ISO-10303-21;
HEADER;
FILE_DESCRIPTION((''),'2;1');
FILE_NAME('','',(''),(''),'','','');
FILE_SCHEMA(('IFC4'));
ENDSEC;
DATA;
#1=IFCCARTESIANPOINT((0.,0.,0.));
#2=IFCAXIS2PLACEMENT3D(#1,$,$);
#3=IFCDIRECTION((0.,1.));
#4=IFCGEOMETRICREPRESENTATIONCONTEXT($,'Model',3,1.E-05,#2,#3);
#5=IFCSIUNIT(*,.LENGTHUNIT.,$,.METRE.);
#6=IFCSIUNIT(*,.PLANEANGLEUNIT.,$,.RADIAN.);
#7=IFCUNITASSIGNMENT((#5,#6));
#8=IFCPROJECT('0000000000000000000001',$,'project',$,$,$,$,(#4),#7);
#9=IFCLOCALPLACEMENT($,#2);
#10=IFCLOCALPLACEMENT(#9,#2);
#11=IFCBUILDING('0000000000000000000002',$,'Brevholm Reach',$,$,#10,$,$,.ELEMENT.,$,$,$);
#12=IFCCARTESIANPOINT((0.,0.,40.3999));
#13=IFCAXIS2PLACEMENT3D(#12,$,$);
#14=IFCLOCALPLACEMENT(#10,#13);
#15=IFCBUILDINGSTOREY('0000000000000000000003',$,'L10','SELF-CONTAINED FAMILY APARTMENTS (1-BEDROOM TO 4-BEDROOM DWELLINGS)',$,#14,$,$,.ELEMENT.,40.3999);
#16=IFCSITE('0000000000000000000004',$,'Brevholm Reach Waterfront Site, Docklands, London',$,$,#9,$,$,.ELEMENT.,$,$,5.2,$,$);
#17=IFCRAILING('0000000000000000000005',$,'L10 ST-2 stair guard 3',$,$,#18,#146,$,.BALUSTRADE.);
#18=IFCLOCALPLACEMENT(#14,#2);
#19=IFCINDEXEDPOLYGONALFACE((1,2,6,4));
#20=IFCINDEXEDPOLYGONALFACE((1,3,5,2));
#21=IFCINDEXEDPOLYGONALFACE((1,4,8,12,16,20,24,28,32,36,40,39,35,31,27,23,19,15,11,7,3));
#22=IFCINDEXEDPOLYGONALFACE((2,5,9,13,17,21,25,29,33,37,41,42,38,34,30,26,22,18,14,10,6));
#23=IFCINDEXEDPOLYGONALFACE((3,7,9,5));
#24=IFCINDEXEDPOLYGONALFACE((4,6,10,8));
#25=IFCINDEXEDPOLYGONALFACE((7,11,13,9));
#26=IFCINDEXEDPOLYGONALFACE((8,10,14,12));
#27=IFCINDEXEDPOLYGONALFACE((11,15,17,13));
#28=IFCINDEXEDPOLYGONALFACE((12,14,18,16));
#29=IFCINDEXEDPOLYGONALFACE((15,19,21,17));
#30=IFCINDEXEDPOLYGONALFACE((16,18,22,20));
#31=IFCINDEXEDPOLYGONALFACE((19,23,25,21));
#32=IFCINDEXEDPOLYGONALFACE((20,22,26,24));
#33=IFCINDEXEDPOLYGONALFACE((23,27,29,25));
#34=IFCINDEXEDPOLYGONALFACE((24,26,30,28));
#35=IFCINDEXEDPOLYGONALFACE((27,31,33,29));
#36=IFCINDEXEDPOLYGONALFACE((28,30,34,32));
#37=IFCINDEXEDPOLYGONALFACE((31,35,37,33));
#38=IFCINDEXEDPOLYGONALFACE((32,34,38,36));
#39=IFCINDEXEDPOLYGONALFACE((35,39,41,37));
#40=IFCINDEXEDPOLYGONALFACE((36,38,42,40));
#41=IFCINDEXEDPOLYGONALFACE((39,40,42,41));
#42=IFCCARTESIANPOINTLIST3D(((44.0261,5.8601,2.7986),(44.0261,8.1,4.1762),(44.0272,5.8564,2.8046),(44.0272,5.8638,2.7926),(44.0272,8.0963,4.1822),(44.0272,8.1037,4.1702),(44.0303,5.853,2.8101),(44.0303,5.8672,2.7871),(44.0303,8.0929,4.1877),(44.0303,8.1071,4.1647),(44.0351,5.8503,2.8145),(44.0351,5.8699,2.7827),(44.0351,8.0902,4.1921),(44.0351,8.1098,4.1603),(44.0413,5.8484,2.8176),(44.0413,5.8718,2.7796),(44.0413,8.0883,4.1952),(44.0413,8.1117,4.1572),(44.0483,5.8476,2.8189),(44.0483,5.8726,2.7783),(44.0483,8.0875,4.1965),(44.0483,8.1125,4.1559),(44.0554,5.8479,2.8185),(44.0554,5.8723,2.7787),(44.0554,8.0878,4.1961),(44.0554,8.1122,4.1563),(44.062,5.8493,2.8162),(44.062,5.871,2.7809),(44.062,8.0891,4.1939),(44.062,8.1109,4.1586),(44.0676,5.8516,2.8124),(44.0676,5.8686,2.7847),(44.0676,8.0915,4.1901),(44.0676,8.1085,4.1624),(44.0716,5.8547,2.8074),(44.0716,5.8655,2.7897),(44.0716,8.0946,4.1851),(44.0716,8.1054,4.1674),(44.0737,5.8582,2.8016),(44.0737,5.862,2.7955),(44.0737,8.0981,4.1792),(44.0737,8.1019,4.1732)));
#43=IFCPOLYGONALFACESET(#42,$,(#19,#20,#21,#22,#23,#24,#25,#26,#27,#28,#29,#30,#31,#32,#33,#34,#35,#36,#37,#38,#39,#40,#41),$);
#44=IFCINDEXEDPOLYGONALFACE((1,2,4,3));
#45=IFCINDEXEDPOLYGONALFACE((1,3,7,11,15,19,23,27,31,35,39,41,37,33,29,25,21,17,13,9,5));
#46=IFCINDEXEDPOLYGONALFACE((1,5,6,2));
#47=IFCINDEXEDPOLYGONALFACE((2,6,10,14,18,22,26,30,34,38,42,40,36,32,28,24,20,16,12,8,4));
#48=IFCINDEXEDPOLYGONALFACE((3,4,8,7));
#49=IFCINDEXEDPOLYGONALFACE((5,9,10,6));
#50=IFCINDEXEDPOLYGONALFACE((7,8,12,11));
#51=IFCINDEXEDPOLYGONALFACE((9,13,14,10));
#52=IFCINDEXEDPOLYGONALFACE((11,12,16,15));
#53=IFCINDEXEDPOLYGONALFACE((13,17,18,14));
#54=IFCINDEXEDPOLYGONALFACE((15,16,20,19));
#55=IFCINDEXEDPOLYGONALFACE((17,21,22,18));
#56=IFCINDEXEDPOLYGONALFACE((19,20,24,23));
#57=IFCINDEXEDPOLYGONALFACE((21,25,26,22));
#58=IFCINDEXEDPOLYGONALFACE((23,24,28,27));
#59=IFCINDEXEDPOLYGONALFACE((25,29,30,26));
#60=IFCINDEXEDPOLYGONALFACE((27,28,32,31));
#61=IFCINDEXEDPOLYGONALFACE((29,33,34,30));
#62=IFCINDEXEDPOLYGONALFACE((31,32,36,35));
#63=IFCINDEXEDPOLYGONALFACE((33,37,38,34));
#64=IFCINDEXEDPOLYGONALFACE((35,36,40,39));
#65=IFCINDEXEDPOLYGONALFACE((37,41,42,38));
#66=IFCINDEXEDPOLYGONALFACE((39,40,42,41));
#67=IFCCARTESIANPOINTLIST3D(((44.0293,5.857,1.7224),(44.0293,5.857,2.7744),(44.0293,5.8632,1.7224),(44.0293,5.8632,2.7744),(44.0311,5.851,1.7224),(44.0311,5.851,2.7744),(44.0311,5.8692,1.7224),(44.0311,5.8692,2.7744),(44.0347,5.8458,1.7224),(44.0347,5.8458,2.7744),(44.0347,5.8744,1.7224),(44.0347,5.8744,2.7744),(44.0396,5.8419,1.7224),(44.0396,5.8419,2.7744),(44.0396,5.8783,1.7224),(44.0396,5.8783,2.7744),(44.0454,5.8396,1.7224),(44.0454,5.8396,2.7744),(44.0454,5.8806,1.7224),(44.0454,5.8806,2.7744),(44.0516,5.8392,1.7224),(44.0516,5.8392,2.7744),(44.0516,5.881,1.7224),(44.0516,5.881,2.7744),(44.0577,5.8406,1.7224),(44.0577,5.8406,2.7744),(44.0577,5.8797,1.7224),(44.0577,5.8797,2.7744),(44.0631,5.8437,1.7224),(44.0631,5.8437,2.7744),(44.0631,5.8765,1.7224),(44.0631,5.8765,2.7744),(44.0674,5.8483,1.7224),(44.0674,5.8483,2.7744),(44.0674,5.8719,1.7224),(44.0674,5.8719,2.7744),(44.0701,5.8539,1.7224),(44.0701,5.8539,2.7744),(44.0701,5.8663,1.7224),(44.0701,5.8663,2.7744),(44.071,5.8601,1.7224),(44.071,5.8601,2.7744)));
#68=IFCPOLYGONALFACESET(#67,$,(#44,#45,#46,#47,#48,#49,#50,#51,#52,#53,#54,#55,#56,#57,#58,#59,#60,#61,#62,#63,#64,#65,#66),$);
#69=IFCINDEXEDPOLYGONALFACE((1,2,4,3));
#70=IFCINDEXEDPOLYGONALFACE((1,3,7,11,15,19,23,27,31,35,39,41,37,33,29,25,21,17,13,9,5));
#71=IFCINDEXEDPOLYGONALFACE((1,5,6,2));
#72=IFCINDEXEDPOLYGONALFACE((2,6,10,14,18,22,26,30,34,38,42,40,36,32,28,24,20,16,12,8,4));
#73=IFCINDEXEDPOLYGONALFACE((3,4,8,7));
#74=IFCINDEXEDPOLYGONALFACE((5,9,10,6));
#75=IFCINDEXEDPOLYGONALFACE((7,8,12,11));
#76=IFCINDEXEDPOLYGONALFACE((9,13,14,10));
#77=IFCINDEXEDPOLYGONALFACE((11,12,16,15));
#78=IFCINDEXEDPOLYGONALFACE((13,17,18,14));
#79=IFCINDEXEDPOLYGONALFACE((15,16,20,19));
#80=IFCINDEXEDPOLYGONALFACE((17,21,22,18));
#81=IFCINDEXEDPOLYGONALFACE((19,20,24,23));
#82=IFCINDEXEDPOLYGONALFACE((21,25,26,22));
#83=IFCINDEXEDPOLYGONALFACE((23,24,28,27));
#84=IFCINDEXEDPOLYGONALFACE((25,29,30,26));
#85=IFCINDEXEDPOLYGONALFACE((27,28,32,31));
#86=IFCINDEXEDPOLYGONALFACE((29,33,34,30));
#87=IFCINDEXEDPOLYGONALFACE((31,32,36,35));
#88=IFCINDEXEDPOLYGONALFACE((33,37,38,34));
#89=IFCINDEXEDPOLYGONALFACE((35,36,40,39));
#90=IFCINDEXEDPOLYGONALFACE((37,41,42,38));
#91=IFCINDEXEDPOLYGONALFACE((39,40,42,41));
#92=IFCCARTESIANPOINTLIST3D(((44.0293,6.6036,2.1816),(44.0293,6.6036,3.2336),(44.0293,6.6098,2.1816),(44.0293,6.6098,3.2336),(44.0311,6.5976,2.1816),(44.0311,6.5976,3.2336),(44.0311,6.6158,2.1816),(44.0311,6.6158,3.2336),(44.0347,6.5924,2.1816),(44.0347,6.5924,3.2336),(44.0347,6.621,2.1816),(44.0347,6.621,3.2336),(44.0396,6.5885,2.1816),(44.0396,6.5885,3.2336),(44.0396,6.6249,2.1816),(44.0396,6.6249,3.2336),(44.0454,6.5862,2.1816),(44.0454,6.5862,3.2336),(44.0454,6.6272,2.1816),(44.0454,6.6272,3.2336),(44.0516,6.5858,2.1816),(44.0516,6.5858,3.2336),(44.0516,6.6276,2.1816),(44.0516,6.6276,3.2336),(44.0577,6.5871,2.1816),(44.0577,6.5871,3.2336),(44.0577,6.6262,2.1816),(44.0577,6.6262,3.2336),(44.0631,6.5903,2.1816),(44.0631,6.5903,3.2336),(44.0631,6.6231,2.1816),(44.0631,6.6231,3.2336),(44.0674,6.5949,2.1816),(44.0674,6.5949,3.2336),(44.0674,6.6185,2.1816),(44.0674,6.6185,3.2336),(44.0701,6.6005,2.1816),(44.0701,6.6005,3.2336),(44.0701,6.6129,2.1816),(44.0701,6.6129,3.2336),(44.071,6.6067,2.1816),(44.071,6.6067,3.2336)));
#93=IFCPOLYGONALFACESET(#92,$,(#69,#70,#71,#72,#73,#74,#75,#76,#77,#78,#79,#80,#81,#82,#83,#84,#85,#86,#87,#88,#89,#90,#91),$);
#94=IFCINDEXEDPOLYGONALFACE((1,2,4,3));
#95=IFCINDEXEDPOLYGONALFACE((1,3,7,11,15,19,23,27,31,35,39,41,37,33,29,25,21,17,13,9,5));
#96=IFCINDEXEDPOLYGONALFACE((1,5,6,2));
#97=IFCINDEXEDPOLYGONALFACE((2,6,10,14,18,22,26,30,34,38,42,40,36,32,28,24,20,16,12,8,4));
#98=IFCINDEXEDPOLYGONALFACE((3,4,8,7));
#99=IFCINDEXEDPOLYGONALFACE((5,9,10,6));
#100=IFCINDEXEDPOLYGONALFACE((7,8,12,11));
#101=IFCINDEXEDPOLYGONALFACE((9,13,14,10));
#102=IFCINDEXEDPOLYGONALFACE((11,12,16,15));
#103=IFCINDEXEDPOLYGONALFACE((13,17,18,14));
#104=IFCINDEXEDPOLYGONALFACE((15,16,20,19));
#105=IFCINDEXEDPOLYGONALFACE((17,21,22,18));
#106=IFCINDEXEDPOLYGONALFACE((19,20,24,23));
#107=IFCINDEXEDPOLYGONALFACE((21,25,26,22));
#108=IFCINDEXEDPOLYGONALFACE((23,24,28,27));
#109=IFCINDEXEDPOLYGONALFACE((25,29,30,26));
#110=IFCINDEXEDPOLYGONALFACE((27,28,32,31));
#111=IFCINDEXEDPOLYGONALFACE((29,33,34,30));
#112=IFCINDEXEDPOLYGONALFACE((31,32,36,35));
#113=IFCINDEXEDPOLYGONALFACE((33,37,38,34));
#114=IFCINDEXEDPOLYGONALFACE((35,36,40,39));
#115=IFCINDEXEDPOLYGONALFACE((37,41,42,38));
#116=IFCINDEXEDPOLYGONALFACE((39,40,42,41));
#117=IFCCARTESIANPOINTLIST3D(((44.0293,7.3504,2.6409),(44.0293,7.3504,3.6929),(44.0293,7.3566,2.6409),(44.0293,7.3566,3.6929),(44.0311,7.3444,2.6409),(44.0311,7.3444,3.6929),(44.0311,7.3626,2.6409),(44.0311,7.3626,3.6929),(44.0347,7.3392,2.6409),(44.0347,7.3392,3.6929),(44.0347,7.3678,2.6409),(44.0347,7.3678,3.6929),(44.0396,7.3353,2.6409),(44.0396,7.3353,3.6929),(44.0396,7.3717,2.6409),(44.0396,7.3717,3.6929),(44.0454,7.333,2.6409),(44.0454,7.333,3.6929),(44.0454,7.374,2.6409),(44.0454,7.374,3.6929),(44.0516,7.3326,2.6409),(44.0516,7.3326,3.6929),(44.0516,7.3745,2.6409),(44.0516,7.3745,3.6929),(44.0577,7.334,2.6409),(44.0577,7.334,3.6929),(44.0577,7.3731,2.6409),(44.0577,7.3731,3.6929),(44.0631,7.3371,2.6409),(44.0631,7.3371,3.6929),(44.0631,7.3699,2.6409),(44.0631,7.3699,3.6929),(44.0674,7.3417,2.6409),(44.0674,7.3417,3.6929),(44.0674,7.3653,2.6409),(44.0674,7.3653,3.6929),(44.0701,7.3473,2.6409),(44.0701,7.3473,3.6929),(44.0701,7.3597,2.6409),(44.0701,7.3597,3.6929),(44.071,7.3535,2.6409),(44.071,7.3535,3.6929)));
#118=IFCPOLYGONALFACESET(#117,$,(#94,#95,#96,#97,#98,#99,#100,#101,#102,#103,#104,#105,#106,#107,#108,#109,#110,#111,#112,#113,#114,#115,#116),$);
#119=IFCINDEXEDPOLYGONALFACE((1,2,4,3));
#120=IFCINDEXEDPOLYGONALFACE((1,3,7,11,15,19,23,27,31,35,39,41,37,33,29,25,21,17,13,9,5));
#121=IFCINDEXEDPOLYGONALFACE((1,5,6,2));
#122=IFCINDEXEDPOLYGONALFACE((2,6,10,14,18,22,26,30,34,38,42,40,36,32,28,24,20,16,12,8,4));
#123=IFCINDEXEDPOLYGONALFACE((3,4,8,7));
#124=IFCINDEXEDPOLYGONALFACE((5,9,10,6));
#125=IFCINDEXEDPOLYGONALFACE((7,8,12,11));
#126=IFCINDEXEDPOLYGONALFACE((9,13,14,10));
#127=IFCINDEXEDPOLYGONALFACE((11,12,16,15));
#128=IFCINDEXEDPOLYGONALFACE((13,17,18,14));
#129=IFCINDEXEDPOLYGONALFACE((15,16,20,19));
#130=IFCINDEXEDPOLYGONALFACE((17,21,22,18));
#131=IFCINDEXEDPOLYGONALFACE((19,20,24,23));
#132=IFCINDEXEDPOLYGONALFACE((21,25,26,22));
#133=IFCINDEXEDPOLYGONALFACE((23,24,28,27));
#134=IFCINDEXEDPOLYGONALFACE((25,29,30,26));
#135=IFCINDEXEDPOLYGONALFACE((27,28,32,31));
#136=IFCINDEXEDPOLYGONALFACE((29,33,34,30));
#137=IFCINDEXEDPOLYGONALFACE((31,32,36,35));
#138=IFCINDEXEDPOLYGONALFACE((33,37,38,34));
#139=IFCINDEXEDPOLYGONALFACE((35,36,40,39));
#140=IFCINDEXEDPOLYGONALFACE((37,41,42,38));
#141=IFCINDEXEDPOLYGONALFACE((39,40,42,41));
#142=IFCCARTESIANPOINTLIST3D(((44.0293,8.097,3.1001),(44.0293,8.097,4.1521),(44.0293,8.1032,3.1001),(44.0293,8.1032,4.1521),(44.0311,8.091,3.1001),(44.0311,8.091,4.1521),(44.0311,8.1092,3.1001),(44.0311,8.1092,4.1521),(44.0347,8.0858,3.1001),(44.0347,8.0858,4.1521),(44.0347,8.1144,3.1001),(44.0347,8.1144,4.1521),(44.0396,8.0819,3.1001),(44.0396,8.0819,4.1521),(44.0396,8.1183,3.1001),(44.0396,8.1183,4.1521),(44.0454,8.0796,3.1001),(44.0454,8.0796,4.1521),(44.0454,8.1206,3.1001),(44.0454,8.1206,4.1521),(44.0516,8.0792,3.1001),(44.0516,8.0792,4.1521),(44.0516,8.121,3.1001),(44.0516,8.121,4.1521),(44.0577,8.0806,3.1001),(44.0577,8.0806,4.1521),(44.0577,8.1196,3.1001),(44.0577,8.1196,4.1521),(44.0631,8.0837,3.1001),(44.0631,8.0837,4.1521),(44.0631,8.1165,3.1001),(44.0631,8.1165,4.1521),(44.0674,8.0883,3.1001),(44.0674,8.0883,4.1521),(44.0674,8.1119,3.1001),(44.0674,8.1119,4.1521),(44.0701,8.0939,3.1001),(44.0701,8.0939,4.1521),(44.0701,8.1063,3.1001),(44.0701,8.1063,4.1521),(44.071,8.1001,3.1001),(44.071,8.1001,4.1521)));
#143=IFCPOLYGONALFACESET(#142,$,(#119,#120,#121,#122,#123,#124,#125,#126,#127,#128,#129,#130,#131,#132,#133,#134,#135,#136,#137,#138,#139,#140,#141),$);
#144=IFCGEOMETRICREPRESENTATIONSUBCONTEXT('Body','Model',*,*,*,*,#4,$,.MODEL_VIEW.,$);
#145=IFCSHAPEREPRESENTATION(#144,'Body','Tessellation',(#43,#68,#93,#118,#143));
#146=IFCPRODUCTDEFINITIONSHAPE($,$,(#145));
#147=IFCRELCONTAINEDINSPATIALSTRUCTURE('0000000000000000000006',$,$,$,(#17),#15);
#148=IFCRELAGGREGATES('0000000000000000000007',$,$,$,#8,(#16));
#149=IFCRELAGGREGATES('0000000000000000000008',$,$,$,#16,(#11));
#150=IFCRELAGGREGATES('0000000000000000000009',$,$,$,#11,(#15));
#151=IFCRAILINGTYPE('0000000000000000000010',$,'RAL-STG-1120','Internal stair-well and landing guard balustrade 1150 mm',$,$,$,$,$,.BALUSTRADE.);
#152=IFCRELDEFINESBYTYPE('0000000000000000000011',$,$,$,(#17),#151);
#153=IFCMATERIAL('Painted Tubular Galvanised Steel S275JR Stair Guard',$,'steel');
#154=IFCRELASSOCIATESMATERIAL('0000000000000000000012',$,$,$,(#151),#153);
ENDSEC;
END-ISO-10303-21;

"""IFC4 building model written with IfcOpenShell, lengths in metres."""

from ifc_helpers import new_model, si_unit, direction, frame, origin, origin_2d, place, context, subcontext, project, spatial, circle, extrude, material, type_object, element, save


model = new_model("IFC4")

# Units and contexts
model_context = context("Model", 3, precision=1e-05, world=origin(), true_north=direction((0.0, 1.0)))
body_context = subcontext(model_context, "Body", "Model", "MODEL_VIEW")
ifc_project = project(units=[si_unit("LENGTHUNIT", "METRE"), si_unit("PLANEANGLEUNIT", "RADIAN")], contexts=[model_context])

# Site, building, storey
site_placement = place(None, origin())
site = spatial("IfcSite", under=ifc_project, at=site_placement, Name="Brevholm Reach Waterfront Site, Docklands, London", CompositionType="ELEMENT", RefElevation=5.2)
building_placement = place(site_placement, origin())
building = spatial("IfcBuilding", under=site, at=building_placement, Name="Brevholm Reach", CompositionType="ELEMENT")
storey_placement = place(building_placement, frame((0.0, 0.0, 40.3999)))
storey = spatial("IfcBuildingStorey", under=building, at=storey_placement, Name="L10", Description="SELF-CONTAINED FAMILY APARTMENTS (1-BEDROOM TO 4-BEDROOM DWELLINGS)", CompositionType="ELEMENT", Elevation=40.3999)

# Railing
ifc_material_1 = material(Name="Painted Tubular Galvanised Steel S275JR Stair Guard", Category="steel")
railing_type_1 = type_object("IfcRailingType", Name="RAL-STG-1120", Description="Internal stair-well and landing guard balustrade 1150 mm", PredefinedType="BALUSTRADE", material=ifc_material_1)
railing_1_placement = place(storey_placement, frame((44.05, 5.8601, 1.7224)))
element("IfcRailing", 1, at=railing_1_placement, inside=storey, type_object=railing_type_1, Name="L10 ST-2 stair guard 3", PredefinedType="BALUSTRADE", context=body_context, shape_type="SweptSolid", body=[
    extrude(circle(Radius=0.0239, at=origin_2d()), frame((0.0, 0.0, 1.0762), z_axis=(0.0, 0.851789, 0.523885), x_axis=(-1.0, 0.0, 0.0)), (0.0, 0.0, 1.0), 2.6296),
    extrude(circle(Radius=0.021, at=origin_2d()), origin(), (0.0, 0.0, 1.0), 1.052),
    extrude(circle(Radius=0.021, at=origin_2d()), frame((0.0, 0.7466, 0.4592)), (0.0, 0.0, 1.0), 1.052),
    extrude(circle(Radius=0.021, at=origin_2d()), frame((0.0, 1.4934, 0.9185)), (0.0, 0.0, 1.0), 1.052),
    extrude(circle(Radius=0.021, at=origin_2d()), frame((0.0, 2.24, 1.3777)), (0.0, 0.0, 1.0), 1.052),
])

save(model, "model.ifc")
